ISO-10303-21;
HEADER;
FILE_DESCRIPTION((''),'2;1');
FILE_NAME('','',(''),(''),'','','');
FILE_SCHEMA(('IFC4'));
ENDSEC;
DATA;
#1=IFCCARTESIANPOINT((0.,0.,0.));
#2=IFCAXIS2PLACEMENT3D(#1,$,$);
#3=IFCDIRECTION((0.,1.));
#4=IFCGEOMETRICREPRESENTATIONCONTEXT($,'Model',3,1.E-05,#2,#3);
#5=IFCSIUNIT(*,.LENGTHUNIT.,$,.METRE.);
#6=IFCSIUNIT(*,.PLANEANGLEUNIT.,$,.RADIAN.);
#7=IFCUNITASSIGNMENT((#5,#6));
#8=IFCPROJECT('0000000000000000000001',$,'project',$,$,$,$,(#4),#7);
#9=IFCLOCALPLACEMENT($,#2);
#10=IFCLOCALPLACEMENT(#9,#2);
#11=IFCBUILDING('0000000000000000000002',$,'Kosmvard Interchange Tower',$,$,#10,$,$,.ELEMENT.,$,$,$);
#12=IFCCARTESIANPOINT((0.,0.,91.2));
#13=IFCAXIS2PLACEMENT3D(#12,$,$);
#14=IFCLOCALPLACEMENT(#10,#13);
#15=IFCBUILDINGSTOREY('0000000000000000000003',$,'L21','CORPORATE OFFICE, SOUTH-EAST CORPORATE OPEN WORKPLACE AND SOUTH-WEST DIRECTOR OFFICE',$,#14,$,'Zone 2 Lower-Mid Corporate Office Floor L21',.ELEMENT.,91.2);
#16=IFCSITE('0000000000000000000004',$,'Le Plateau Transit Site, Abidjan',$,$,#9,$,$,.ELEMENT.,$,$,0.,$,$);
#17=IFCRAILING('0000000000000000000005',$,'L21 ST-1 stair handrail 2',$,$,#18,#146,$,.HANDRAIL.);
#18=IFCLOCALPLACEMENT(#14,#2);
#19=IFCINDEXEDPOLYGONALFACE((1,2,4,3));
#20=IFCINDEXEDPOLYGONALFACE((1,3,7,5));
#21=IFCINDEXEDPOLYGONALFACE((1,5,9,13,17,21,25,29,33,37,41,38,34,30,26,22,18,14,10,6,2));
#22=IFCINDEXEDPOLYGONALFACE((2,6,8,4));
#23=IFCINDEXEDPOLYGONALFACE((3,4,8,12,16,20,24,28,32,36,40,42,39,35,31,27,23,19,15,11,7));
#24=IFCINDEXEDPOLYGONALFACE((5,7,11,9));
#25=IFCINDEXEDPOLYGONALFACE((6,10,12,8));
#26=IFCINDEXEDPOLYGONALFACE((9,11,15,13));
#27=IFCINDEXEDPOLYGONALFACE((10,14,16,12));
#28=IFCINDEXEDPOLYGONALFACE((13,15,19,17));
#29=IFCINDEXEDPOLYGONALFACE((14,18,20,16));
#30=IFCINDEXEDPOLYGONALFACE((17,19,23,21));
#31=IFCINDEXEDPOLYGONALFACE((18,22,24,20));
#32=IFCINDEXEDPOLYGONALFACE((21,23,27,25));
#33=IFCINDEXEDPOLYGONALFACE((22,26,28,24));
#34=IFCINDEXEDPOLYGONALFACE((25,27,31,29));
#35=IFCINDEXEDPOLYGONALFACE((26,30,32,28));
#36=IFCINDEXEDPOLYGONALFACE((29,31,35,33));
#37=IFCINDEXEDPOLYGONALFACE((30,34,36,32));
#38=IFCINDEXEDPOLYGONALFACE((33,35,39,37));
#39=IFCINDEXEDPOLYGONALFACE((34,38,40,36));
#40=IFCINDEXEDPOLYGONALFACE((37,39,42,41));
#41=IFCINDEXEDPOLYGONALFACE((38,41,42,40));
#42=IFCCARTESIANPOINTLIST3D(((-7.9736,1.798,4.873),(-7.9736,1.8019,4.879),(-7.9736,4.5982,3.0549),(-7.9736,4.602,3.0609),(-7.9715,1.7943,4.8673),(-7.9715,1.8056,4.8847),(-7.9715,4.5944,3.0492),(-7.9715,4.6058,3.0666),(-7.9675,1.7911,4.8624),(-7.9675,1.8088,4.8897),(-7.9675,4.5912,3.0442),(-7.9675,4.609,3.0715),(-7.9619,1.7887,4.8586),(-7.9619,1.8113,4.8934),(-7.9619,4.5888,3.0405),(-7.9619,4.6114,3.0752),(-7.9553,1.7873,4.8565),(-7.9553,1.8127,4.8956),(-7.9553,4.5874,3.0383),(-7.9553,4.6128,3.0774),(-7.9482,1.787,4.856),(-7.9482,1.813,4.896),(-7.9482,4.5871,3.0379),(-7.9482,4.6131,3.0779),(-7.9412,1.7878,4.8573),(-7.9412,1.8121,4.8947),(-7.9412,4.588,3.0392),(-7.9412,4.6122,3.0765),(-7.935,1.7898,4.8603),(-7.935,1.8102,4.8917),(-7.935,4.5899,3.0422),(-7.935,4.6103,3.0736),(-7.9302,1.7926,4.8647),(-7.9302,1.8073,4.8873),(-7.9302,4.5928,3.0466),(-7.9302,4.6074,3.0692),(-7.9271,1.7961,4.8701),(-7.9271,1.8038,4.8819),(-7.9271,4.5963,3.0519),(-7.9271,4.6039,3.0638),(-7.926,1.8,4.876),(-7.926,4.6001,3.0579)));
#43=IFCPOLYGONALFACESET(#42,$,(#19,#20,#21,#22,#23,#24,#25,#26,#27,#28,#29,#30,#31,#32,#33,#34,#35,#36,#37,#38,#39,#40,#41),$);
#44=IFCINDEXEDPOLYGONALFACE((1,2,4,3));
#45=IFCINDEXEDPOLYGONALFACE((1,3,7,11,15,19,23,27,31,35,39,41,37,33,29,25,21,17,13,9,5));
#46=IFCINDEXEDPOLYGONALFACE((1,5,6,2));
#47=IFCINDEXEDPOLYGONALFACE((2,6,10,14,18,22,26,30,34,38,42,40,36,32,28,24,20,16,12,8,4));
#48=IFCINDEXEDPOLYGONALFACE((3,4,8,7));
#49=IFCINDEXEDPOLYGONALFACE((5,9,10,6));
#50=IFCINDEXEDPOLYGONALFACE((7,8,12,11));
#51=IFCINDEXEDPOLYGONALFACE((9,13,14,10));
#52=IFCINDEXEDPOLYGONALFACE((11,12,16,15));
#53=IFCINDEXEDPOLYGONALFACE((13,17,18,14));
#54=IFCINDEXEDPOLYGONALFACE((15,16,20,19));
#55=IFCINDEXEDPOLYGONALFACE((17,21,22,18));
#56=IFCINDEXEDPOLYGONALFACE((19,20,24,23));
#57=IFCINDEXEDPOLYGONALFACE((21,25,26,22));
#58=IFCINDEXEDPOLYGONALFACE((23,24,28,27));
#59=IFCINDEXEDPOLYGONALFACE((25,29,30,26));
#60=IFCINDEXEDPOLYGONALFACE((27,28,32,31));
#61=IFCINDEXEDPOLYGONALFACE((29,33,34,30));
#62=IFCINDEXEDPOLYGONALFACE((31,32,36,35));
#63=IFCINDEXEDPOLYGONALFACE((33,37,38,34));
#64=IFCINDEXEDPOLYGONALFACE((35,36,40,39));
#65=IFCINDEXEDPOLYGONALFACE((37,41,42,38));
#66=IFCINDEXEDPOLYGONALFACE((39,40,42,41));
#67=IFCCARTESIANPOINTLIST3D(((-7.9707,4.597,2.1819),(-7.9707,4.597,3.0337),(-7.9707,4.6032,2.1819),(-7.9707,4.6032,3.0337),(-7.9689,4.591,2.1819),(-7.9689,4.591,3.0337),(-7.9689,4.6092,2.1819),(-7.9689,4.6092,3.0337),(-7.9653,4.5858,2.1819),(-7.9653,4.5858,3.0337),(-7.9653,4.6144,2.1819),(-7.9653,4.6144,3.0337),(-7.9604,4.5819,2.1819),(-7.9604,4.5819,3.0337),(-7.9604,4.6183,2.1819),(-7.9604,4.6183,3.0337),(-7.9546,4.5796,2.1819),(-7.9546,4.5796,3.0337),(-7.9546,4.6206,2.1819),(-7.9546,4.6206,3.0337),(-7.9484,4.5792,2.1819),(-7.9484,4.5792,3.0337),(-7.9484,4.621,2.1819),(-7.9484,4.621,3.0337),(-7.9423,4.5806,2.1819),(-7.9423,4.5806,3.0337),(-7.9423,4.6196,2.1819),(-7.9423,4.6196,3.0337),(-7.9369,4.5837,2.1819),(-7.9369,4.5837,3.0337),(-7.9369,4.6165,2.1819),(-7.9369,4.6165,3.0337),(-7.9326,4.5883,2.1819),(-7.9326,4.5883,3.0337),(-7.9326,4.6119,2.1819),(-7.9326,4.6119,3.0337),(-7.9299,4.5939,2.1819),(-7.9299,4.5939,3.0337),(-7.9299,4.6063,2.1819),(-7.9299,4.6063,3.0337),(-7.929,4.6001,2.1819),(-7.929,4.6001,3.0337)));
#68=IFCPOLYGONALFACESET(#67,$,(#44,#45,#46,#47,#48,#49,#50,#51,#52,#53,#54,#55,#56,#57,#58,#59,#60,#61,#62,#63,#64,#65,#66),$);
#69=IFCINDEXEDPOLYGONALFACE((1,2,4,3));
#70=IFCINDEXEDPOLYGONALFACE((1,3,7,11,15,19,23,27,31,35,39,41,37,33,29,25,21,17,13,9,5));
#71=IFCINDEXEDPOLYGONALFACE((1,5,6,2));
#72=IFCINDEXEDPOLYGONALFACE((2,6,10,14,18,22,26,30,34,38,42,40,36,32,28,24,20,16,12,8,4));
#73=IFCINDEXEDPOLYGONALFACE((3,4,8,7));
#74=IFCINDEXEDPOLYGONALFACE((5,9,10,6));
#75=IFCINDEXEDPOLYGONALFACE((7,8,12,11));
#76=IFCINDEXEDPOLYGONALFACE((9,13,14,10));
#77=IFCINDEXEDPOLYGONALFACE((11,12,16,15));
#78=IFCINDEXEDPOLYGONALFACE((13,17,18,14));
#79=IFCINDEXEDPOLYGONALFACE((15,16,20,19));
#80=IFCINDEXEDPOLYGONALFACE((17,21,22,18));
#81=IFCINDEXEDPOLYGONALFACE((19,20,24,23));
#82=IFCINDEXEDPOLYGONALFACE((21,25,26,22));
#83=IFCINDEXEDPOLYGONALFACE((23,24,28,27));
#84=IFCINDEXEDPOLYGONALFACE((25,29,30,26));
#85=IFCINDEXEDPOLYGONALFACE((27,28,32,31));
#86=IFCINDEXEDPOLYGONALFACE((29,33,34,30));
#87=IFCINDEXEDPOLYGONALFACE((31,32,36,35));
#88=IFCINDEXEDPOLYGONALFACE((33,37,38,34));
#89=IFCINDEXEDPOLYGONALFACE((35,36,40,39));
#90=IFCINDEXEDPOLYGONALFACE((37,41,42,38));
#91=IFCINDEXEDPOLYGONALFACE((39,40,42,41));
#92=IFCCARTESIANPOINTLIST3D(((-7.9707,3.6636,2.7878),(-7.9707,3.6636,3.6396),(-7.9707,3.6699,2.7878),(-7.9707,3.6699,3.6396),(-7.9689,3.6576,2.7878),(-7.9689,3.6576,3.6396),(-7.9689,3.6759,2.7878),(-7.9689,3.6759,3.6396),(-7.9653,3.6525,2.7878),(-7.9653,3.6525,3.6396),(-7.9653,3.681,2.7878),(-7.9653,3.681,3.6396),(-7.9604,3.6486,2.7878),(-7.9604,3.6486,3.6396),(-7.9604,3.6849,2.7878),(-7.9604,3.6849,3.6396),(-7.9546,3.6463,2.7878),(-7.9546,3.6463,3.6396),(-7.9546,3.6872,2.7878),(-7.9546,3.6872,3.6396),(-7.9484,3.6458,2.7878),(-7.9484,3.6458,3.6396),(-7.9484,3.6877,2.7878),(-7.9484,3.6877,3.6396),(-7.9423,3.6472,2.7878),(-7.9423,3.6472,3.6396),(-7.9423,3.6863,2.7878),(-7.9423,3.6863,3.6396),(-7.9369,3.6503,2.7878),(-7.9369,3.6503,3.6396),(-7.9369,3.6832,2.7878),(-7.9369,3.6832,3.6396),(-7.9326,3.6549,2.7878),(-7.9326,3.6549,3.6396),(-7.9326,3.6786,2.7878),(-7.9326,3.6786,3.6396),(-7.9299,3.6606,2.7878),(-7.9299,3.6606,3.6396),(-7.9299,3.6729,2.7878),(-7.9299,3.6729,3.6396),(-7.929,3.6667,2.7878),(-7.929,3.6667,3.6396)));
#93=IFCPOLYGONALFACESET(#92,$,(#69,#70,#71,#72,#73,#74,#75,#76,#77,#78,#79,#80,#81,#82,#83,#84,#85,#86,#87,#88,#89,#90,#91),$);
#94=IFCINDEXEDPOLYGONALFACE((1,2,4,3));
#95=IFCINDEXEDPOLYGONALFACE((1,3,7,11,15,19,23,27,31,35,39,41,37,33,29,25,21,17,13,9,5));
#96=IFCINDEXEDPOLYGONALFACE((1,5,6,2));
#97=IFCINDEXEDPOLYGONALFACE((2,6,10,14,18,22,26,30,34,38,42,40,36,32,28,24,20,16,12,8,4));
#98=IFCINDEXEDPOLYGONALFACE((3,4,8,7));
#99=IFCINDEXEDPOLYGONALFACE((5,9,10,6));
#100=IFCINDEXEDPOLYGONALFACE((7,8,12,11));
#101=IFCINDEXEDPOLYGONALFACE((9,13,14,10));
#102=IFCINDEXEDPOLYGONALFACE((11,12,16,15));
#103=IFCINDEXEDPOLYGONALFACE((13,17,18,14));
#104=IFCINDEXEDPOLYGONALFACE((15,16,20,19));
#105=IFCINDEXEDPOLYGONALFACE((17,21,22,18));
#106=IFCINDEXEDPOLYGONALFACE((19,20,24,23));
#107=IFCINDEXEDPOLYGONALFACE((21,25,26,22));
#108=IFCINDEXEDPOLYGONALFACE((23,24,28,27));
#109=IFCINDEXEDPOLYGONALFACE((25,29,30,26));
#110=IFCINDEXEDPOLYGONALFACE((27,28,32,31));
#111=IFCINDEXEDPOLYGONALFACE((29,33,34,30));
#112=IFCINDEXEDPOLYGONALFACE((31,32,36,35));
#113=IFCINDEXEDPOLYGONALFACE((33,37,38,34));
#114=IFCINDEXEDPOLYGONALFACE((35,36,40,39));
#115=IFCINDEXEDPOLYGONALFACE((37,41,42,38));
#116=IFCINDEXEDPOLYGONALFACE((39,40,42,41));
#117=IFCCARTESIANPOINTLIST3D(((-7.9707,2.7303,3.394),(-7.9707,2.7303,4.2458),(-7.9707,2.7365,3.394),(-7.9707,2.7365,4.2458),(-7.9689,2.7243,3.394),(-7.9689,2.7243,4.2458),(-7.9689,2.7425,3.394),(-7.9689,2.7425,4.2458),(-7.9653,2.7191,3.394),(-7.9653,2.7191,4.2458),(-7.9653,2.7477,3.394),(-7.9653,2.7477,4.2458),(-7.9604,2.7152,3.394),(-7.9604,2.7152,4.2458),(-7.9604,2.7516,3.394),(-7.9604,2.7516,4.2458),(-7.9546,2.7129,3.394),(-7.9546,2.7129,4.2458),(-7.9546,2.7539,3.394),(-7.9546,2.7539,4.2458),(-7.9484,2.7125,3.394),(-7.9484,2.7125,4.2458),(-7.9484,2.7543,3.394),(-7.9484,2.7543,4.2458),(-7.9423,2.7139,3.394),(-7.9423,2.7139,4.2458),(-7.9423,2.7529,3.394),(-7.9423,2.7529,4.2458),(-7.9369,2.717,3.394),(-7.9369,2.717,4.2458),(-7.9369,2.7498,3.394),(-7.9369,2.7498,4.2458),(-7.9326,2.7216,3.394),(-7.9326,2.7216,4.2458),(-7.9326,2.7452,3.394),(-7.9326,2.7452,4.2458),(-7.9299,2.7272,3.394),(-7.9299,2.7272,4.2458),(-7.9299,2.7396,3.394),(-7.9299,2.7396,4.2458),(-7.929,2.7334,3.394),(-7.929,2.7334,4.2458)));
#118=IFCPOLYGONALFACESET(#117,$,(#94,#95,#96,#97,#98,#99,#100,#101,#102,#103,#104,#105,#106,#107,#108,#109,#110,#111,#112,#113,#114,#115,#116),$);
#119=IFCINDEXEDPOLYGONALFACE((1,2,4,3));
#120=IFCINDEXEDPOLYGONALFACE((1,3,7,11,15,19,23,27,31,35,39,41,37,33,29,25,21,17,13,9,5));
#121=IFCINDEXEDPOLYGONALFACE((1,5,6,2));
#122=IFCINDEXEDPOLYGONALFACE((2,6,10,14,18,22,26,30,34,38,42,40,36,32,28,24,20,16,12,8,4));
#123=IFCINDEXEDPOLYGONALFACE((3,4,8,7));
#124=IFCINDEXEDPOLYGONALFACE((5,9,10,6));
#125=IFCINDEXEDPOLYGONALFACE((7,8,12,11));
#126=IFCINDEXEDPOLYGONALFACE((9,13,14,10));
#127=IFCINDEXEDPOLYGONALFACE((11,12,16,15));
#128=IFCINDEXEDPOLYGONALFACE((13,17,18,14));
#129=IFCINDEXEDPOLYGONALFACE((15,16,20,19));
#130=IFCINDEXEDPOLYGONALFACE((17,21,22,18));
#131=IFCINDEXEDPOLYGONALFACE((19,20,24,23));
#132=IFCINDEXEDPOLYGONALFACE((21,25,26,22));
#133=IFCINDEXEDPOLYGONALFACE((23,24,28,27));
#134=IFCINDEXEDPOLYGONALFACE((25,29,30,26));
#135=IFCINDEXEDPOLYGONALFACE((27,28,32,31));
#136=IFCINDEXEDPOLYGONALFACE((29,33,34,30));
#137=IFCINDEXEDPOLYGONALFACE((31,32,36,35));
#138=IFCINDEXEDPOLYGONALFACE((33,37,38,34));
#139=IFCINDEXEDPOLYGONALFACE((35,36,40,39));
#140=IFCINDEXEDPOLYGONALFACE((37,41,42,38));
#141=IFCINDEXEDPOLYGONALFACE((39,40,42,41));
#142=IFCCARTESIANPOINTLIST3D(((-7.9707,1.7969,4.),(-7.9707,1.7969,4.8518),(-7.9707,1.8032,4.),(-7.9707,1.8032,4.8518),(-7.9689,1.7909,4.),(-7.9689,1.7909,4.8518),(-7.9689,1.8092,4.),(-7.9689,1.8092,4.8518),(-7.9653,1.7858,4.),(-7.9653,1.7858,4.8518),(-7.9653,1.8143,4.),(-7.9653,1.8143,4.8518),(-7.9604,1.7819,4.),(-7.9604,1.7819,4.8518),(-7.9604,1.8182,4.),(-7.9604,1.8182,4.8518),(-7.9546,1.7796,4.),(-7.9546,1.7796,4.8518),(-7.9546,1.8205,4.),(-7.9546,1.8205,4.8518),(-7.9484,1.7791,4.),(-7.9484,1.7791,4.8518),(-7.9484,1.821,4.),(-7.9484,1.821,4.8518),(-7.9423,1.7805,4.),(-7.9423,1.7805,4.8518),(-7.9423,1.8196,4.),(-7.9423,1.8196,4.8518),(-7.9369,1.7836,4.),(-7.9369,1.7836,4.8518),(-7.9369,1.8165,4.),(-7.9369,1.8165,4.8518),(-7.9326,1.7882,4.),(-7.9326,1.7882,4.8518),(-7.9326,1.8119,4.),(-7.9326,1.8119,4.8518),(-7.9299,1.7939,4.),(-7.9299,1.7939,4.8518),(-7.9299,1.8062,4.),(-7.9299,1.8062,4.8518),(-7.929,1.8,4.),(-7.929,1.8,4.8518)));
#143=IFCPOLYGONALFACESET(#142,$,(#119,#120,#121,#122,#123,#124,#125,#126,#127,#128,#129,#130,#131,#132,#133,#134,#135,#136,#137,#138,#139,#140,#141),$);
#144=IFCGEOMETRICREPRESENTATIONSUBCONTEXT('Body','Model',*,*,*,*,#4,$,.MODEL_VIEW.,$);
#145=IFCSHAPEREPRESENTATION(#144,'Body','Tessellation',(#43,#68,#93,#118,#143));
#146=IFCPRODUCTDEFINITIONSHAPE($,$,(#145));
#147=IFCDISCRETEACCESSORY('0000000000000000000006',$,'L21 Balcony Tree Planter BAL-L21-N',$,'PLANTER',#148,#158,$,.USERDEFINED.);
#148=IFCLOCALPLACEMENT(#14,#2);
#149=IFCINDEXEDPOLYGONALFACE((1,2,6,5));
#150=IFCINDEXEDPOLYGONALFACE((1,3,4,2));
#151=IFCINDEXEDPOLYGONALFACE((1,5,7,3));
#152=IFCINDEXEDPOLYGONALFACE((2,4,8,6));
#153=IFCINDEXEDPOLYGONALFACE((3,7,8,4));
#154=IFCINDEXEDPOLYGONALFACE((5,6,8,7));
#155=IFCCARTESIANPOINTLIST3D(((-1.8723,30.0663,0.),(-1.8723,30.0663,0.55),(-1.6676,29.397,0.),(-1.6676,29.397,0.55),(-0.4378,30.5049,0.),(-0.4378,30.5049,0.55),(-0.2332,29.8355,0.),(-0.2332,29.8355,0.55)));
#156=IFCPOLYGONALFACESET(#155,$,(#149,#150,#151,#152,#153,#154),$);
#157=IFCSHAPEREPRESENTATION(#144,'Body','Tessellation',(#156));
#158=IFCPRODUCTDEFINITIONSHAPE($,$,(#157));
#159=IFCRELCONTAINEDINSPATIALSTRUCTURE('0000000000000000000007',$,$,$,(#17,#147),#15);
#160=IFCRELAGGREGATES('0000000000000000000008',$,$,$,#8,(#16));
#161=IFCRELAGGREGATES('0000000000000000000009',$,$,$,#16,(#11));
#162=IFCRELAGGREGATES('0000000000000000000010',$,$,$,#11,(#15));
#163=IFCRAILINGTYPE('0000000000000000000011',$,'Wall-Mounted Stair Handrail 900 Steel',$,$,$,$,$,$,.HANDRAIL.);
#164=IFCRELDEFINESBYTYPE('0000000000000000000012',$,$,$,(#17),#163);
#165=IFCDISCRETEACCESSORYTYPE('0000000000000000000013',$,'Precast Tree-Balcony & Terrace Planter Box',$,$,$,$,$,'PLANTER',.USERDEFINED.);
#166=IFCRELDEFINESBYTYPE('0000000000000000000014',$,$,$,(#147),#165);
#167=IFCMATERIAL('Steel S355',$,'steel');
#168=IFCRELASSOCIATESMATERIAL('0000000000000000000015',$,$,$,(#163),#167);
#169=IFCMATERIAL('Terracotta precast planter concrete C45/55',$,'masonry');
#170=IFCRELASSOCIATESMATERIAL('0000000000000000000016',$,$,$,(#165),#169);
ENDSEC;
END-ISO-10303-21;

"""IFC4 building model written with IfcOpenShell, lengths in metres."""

from ifc_helpers import new_model, si_unit, direction, frame, origin, origin_2d, place, context, subcontext, project, spatial, rectangle, circle, extrude, source, transform, mapped, material, type_object, element, save


model = new_model("IFC4")

# Units and contexts
model_context = context("Model", 3, precision=1e-05, world=origin(), true_north=direction((0.0, 1.0)))
body_context = subcontext(model_context, "Body", "Model", "MODEL_VIEW")
ifc_project = project(units=[si_unit("LENGTHUNIT", "METRE"), si_unit("PLANEANGLEUNIT", "RADIAN")], contexts=[model_context])

# Site, building, storey
site_placement = place(None, origin())
site = spatial("IfcSite", under=ifc_project, at=site_placement, Name="Le Plateau Transit Site, Abidjan", CompositionType="ELEMENT", RefElevation=0.0)
building_placement = place(site_placement, origin())
building = spatial("IfcBuilding", under=site, at=building_placement, Name="Kosmvard Interchange Tower", CompositionType="ELEMENT")
storey_placement = place(building_placement, frame((0.0, 0.0, 91.2)))
storey = spatial("IfcBuildingStorey", under=building, at=storey_placement, Name="L21", Description="CORPORATE OFFICE, SOUTH-EAST CORPORATE OPEN WORKPLACE AND SOUTH-WEST DIRECTOR OFFICE", LongName="Zone 2 Lower-Mid Corporate Office Floor L21", CompositionType="ELEMENT", Elevation=91.2)

# Shared definitions
ifc_material_1 = material(Name="Steel S355", Category="steel")

# Railing
railing_type_1 = type_object("IfcRailingType", Name="Wall-Mounted Stair Handrail 900 Steel", PredefinedType="HANDRAIL", material=ifc_material_1)
shared_shape_1 = source(origin(), body_context, "Body", "SweptSolid", [
    extrude(circle(Radius=0.0239, at=origin_2d()), frame((0.0, 0.0, 0.876), z_axis=(0.0, -0.838706, 0.544585), x_axis=(1.0, 0.0, 0.0)), (0.0, 0.0, 1.0), 3.3386),
    extrude(circle(Radius=0.021, at=origin_2d()), origin(), (0.0, 0.0, 1.0), 0.8518),
    extrude(circle(Radius=0.021, at=origin_2d()), frame((0.0, -0.9333, 0.606)), (0.0, 0.0, 1.0), 0.8518),
    extrude(circle(Radius=0.021, at=origin_2d()), frame((0.0, -1.8667, 1.2122)), (0.0, 0.0, 1.0), 0.8518),
    extrude(circle(Radius=0.021, at=origin_2d()), frame((0.0, -2.8, 1.8181)), (0.0, 0.0, 1.0), 0.8518),
])
railing_1_placement = place(storey_placement, frame((-7.95, 4.6001, 2.1819)))
element("IfcRailing", 1, at=railing_1_placement, inside=storey, type_object=railing_type_1, Name="L21 ST-1 stair handrail 2", PredefinedType="HANDRAIL", context=body_context, shape_type="MappedRepresentation", body=[
    mapped(shared_shape_1, transform((0.0, 0.0, 0.0), scale=1.0)),
])

# Discrete accessory
ifc_material_2 = material(Name="Terracotta precast planter concrete C45/55", Category="masonry")
discrete_accessory_type = type_object("IfcDiscreteAccessoryType", Name="Precast Tree-Balcony & Terrace Planter Box", ElementType="PLANTER", PredefinedType="USERDEFINED", material=ifc_material_2)
shared_shape_2 = source(origin(), body_context, "Body", "SweptSolid", [
    extrude(rectangle(XDim=1.5, YDim=0.7, at=origin_2d()), origin(), (0.0, 0.0, 1.0), 0.55),
])
discrete_accessory_placement = place(storey_placement, frame((-1.0527, 29.9509, 0.0), z_axis=(0.0, 0.0, 1.0), x_axis=(0.956305, 0.292372, 0.0)))
element("IfcDiscreteAccessory", 2, at=discrete_accessory_placement, inside=storey, type_object=discrete_accessory_type, Name="L21 Balcony Tree Planter BAL-L21-N", ObjectType="PLANTER", PredefinedType="USERDEFINED", context=body_context, shape_type="MappedRepresentation", body=[
    mapped(shared_shape_2, transform((0.0, 0.0, 0.0), scale=1.0)),
])

save(model, "model.ifc")
